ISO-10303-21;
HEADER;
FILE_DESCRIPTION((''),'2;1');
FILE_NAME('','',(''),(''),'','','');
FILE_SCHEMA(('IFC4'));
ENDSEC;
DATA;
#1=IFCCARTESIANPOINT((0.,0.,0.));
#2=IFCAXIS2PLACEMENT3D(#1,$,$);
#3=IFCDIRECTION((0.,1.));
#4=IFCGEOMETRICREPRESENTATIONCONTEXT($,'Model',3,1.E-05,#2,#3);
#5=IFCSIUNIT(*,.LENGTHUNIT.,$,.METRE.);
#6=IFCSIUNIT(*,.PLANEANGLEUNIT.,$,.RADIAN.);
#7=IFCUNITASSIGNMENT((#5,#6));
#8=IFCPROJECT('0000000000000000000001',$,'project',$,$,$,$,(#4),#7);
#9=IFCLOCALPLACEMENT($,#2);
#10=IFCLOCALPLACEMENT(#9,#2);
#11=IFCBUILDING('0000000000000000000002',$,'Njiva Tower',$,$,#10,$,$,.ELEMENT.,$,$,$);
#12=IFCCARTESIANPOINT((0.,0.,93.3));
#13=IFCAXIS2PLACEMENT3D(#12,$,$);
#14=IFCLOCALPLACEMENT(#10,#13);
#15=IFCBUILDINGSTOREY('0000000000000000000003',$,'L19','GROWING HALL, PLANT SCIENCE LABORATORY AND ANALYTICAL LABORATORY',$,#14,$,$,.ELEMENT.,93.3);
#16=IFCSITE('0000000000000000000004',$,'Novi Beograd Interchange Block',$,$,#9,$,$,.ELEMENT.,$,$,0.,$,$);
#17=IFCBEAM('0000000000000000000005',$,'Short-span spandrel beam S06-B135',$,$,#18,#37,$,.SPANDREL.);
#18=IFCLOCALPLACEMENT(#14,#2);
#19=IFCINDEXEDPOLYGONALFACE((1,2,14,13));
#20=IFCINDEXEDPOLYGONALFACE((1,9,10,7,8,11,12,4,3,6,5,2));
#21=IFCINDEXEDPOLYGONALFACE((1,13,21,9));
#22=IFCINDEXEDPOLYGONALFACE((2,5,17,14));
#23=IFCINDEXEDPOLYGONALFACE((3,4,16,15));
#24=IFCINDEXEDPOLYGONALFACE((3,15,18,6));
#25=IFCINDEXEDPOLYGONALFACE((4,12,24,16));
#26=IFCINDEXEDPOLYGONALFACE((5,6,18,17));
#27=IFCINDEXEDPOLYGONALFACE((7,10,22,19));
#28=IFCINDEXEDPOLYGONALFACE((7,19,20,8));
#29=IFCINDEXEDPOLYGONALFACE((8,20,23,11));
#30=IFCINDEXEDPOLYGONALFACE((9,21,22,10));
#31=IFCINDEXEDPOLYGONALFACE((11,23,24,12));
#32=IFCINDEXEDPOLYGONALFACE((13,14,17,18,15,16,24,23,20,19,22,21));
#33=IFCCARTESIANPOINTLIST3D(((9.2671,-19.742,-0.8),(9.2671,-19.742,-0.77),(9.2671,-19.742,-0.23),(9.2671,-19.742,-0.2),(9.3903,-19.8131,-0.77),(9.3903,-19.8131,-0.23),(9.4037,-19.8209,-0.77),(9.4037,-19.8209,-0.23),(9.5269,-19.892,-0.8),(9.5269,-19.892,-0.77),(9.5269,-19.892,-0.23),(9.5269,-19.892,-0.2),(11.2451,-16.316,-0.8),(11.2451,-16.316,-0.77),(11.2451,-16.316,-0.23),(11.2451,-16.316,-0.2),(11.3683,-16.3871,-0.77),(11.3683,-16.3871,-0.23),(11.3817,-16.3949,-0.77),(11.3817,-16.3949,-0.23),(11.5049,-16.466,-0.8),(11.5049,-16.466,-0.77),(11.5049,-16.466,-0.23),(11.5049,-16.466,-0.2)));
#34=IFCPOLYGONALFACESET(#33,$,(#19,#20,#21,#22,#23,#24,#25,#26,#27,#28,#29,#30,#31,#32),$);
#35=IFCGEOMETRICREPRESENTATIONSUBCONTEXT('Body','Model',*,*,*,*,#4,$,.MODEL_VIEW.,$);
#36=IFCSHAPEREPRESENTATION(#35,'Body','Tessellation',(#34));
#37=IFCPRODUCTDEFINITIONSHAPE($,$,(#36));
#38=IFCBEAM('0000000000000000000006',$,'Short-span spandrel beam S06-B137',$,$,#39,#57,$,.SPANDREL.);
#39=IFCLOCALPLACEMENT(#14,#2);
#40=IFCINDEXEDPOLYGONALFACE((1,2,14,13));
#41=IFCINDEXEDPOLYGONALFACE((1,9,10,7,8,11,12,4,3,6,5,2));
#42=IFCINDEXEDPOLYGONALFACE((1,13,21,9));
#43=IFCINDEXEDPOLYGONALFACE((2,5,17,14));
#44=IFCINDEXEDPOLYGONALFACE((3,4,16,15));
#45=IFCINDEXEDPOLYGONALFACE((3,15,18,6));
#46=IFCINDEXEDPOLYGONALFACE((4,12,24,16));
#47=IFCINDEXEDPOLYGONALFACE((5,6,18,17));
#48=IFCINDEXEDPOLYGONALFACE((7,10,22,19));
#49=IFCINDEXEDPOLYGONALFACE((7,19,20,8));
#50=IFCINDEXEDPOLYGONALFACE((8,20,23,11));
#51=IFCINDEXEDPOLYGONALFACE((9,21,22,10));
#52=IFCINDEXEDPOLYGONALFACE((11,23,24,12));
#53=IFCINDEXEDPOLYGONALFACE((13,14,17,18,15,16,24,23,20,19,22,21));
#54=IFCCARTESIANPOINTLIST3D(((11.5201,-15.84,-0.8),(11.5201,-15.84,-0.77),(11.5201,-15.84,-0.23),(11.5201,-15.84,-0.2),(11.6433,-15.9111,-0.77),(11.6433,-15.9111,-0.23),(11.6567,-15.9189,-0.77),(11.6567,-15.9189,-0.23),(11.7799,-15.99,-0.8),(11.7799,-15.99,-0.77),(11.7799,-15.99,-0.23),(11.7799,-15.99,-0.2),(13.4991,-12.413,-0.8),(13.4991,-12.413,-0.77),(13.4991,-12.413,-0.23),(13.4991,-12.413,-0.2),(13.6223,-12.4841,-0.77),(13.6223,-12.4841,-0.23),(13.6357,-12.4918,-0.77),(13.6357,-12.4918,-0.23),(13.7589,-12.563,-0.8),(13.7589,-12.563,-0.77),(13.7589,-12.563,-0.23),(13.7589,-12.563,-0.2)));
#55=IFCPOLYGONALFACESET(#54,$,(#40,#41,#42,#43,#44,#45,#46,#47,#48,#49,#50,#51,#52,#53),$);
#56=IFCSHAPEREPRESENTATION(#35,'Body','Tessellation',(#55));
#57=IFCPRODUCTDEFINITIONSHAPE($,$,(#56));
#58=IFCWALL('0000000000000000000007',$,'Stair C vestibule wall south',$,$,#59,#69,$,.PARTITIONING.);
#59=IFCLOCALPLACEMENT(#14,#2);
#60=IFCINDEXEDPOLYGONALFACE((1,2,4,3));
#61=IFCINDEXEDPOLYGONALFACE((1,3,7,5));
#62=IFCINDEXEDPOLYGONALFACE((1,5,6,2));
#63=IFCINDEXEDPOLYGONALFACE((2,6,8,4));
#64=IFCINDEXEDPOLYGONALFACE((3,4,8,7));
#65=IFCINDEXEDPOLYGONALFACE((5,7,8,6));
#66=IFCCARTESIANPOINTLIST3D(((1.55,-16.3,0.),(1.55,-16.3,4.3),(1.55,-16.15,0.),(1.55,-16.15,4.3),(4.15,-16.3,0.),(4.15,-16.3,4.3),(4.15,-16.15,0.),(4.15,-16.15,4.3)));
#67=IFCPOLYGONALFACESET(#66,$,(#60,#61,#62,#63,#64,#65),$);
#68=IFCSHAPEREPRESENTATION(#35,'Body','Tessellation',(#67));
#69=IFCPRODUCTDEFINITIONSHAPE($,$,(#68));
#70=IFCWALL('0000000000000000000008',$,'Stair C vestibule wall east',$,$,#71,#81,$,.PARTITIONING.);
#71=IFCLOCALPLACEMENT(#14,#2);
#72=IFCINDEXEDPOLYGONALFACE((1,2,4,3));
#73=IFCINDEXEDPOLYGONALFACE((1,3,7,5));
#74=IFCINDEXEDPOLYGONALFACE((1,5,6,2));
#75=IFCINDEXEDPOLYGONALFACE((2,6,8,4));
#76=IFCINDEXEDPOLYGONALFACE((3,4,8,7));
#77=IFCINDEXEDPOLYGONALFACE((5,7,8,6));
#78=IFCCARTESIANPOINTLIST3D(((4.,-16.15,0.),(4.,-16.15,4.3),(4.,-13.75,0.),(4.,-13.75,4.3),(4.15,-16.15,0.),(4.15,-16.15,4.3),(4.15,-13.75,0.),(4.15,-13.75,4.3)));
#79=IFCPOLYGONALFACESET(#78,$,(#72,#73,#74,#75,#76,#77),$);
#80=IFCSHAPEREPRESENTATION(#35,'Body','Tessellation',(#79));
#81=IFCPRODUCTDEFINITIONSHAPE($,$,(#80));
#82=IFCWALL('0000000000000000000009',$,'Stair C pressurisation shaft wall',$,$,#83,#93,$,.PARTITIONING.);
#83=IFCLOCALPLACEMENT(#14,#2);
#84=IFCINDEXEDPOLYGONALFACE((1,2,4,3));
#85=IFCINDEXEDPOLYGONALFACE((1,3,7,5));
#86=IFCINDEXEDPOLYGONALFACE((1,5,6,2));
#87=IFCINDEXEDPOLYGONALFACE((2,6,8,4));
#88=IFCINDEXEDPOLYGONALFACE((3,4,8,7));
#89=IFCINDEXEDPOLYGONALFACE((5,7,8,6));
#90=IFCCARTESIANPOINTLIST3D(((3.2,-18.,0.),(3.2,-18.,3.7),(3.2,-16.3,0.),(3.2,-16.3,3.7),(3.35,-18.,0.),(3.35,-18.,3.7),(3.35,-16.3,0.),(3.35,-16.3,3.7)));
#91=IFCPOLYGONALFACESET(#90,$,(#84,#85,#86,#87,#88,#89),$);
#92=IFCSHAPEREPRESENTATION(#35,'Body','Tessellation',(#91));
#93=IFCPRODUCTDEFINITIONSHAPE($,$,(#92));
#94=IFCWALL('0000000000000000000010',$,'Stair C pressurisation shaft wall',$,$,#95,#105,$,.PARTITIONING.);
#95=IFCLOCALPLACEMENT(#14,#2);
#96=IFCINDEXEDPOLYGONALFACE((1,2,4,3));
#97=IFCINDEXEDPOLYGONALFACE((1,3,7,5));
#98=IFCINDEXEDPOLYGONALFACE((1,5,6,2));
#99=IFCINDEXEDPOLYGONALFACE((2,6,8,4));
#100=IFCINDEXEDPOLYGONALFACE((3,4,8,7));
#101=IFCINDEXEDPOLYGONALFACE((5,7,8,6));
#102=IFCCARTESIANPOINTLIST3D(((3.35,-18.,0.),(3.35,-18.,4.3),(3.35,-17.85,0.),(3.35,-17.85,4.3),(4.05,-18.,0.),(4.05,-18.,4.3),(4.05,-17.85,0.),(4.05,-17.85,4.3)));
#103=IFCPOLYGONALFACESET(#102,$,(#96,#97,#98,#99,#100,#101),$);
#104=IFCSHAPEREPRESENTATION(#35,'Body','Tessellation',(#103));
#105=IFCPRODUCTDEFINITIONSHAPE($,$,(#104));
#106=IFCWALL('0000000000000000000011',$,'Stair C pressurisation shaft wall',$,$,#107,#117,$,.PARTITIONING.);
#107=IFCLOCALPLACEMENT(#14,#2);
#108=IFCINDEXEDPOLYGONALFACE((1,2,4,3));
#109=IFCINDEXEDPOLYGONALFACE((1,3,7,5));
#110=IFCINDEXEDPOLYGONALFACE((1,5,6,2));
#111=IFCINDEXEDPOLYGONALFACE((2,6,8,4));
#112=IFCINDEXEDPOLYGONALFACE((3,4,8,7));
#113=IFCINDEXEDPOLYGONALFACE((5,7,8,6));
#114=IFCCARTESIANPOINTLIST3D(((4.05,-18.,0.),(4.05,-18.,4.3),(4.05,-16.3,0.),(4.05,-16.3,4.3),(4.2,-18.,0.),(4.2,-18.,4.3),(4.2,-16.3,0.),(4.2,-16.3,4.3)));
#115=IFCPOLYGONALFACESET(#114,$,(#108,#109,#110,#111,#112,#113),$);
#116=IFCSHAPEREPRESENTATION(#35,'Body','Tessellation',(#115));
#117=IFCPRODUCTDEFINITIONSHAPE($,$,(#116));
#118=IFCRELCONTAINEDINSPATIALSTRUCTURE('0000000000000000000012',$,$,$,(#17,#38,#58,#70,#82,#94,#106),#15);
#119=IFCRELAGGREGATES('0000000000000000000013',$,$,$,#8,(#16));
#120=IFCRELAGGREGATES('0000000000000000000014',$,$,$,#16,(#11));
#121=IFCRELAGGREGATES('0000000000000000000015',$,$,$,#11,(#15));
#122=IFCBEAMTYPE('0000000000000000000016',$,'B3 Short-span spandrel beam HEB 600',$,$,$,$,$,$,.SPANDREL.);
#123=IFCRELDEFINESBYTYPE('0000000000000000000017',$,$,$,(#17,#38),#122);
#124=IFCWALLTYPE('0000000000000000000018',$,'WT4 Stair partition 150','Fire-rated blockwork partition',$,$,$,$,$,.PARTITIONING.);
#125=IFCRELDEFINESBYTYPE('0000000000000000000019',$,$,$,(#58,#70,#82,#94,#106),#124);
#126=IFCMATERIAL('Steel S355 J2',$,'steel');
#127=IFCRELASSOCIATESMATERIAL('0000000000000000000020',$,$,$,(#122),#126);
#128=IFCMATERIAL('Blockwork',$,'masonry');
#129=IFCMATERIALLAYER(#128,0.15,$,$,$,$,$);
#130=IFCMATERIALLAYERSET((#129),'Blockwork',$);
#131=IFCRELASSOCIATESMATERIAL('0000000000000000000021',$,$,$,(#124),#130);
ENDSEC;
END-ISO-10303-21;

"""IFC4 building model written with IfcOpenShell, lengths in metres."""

from ifc_helpers import new_model, si_unit, direction, frame, frame_2d, origin, origin_2d, place, context, subcontext, project, spatial, rectangle, i_section, extrude, material, layer, layer_set, material_profile, profile_set, type_object, element, save


model = new_model("IFC4")

# Units and contexts
model_context = context("Model", 3, precision=1e-05, world=origin(), true_north=direction((0.0, 1.0)))
body_context = subcontext(model_context, "Body", "Model", "MODEL_VIEW")
ifc_project = project(units=[si_unit("LENGTHUNIT", "METRE"), si_unit("PLANEANGLEUNIT", "RADIAN")], contexts=[model_context])

# Site, building, storey
site_placement = place(None, origin())
site = spatial("IfcSite", under=ifc_project, at=site_placement, Name="Novi Beograd Interchange Block", CompositionType="ELEMENT", RefElevation=0.0)
building_placement = place(site_placement, origin())
building = spatial("IfcBuilding", under=site, at=building_placement, Name="Njiva Tower", CompositionType="ELEMENT")
storey_placement = place(building_placement, frame((0.0, 0.0, 93.3)))
storey = spatial("IfcBuildingStorey", under=building, at=storey_placement, Name="L19", Description="GROWING HALL, PLANT SCIENCE LABORATORY AND ANALYTICAL LABORATORY", CompositionType="ELEMENT", Elevation=93.3)

# Shared definitions
ifc_material_1 = material(Name="Steel S355 J2", Category="steel")

# Beams
ifc_material_profile_1 = material_profile(ifc_material_1, i_section(OverallWidth=0.3, OverallDepth=0.6, WebThickness=0.0155, FlangeThickness=0.03, at=origin_2d()), Name="HEB 600")
ifc_profile_set_1 = profile_set([ifc_material_profile_1], Name="Steel S355 J2")
beam_type_1 = type_object("IfcBeamType", Name="B3 Short-span spandrel beam HEB 600", PredefinedType="SPANDREL", material=ifc_profile_set_1)
beam_1_placement = place(storey_placement, frame((9.397, -19.817, -0.5), z_axis=(0.5, 0.866026, 0.0), x_axis=(-0.866026, 0.5, 0.0)))
element("IfcBeam", 1, at=beam_1_placement, inside=storey, type_object=beam_type_1, Name="Short-span spandrel beam S06-B135", PredefinedType="SPANDREL", context=body_context, shape_type="SweptSolid", body=[
    extrude(i_section(OverallWidth=0.3, OverallDepth=0.6, WebThickness=0.0155, FlangeThickness=0.03, at=origin_2d()), origin(), (0.0, 0.0, 1.0), 3.956),
])
beam_2_placement = place(storey_placement, frame((11.65, -15.915, -0.5), z_axis=(0.50008, 0.865979, 0.0), x_axis=(-0.865979, 0.50008, 0.0)))
element("IfcBeam", 2, at=beam_2_placement, inside=storey, type_object=beam_type_1, Name="Short-span spandrel beam S06-B137", PredefinedType="SPANDREL", context=body_context, shape_type="SweptSolid", body=[
    extrude(i_section(OverallWidth=0.3, OverallDepth=0.6, WebThickness=0.0155, FlangeThickness=0.03, at=origin_2d()), origin(), (0.0, 0.0, 1.0), 3.9574),
])

# Walls
ifc_material_2 = material(Name="Blockwork", Category="masonry")
ifc_layer = layer(ifc_material_2, 0.15)
ifc_layer_set = layer_set([ifc_layer], Name="Blockwork")
wall_type = type_object("IfcWallType", Name="WT4 Stair partition 150", Description="Fire-rated blockwork partition", PredefinedType="PARTITIONING", material=ifc_layer_set)
wall_1_placement = place(storey_placement, frame((1.55, -16.225, 0.0), z_axis=(0.0, 0.0, 1.0), x_axis=(1.0, 0.0, 0.0)))
element("IfcWall", 3, at=wall_1_placement, inside=storey, type_object=wall_type, Name="Stair C vestibule wall south", PredefinedType="PARTITIONING", context=body_context, shape_type="SweptSolid", body=[
    extrude(rectangle(XDim=2.6, YDim=0.15, at=frame_2d((1.3, 0.0))), origin(), (0.0, 0.0, 1.0), 4.3),
])
wall_2_placement = place(storey_placement, frame((4.075, -16.15, 0.0), z_axis=(0.0, 0.0, 1.0), x_axis=(0.0, 1.0, 0.0)))
element("IfcWall", 4, at=wall_2_placement, inside=storey, type_object=wall_type, Name="Stair C vestibule wall east", PredefinedType="PARTITIONING", context=body_context, shape_type="SweptSolid", body=[
    extrude(rectangle(XDim=2.4, YDim=0.15, at=frame_2d((1.2, 0.0))), origin(), (0.0, 0.0, 1.0), 4.3),
])
wall_3_placement = place(storey_placement, frame((3.275, -18.0, 0.0), z_axis=(0.0, 0.0, 1.0), x_axis=(0.0, 1.0, 0.0)))
element("IfcWall", 5, at=wall_3_placement, inside=storey, type_object=wall_type, Name="Stair C pressurisation shaft wall", PredefinedType="PARTITIONING", context=body_context, shape_type="SweptSolid", body=[
    extrude(rectangle(XDim=1.7, YDim=0.15, at=frame_2d((0.85, 0.0))), origin(), (0.0, 0.0, 1.0), 3.7),
])
wall_4_placement = place(storey_placement, frame((3.35, -17.925, 0.0), z_axis=(0.0, 0.0, 1.0), x_axis=(1.0, 0.0, 0.0)))
element("IfcWall", 6, at=wall_4_placement, inside=storey, type_object=wall_type, Name="Stair C pressurisation shaft wall", PredefinedType="PARTITIONING", context=body_context, shape_type="SweptSolid", body=[
    extrude(rectangle(XDim=0.7, YDim=0.15, at=frame_2d((0.35, 0.0))), origin(), (0.0, 0.0, 1.0), 4.3),
])
wall_5_placement = place(storey_placement, frame((4.125, -18.0, 0.0), z_axis=(0.0, 0.0, 1.0), x_axis=(0.0, 1.0, 0.0)))
element("IfcWall", 7, at=wall_5_placement, inside=storey, type_object=wall_type, Name="Stair C pressurisation shaft wall", PredefinedType="PARTITIONING", context=body_context, shape_type="SweptSolid", body=[
    extrude(rectangle(XDim=1.7, YDim=0.15, at=frame_2d((0.85, 0.0))), origin(), (0.0, 0.0, 1.0), 4.3),
])

save(model, "model.ifc")
